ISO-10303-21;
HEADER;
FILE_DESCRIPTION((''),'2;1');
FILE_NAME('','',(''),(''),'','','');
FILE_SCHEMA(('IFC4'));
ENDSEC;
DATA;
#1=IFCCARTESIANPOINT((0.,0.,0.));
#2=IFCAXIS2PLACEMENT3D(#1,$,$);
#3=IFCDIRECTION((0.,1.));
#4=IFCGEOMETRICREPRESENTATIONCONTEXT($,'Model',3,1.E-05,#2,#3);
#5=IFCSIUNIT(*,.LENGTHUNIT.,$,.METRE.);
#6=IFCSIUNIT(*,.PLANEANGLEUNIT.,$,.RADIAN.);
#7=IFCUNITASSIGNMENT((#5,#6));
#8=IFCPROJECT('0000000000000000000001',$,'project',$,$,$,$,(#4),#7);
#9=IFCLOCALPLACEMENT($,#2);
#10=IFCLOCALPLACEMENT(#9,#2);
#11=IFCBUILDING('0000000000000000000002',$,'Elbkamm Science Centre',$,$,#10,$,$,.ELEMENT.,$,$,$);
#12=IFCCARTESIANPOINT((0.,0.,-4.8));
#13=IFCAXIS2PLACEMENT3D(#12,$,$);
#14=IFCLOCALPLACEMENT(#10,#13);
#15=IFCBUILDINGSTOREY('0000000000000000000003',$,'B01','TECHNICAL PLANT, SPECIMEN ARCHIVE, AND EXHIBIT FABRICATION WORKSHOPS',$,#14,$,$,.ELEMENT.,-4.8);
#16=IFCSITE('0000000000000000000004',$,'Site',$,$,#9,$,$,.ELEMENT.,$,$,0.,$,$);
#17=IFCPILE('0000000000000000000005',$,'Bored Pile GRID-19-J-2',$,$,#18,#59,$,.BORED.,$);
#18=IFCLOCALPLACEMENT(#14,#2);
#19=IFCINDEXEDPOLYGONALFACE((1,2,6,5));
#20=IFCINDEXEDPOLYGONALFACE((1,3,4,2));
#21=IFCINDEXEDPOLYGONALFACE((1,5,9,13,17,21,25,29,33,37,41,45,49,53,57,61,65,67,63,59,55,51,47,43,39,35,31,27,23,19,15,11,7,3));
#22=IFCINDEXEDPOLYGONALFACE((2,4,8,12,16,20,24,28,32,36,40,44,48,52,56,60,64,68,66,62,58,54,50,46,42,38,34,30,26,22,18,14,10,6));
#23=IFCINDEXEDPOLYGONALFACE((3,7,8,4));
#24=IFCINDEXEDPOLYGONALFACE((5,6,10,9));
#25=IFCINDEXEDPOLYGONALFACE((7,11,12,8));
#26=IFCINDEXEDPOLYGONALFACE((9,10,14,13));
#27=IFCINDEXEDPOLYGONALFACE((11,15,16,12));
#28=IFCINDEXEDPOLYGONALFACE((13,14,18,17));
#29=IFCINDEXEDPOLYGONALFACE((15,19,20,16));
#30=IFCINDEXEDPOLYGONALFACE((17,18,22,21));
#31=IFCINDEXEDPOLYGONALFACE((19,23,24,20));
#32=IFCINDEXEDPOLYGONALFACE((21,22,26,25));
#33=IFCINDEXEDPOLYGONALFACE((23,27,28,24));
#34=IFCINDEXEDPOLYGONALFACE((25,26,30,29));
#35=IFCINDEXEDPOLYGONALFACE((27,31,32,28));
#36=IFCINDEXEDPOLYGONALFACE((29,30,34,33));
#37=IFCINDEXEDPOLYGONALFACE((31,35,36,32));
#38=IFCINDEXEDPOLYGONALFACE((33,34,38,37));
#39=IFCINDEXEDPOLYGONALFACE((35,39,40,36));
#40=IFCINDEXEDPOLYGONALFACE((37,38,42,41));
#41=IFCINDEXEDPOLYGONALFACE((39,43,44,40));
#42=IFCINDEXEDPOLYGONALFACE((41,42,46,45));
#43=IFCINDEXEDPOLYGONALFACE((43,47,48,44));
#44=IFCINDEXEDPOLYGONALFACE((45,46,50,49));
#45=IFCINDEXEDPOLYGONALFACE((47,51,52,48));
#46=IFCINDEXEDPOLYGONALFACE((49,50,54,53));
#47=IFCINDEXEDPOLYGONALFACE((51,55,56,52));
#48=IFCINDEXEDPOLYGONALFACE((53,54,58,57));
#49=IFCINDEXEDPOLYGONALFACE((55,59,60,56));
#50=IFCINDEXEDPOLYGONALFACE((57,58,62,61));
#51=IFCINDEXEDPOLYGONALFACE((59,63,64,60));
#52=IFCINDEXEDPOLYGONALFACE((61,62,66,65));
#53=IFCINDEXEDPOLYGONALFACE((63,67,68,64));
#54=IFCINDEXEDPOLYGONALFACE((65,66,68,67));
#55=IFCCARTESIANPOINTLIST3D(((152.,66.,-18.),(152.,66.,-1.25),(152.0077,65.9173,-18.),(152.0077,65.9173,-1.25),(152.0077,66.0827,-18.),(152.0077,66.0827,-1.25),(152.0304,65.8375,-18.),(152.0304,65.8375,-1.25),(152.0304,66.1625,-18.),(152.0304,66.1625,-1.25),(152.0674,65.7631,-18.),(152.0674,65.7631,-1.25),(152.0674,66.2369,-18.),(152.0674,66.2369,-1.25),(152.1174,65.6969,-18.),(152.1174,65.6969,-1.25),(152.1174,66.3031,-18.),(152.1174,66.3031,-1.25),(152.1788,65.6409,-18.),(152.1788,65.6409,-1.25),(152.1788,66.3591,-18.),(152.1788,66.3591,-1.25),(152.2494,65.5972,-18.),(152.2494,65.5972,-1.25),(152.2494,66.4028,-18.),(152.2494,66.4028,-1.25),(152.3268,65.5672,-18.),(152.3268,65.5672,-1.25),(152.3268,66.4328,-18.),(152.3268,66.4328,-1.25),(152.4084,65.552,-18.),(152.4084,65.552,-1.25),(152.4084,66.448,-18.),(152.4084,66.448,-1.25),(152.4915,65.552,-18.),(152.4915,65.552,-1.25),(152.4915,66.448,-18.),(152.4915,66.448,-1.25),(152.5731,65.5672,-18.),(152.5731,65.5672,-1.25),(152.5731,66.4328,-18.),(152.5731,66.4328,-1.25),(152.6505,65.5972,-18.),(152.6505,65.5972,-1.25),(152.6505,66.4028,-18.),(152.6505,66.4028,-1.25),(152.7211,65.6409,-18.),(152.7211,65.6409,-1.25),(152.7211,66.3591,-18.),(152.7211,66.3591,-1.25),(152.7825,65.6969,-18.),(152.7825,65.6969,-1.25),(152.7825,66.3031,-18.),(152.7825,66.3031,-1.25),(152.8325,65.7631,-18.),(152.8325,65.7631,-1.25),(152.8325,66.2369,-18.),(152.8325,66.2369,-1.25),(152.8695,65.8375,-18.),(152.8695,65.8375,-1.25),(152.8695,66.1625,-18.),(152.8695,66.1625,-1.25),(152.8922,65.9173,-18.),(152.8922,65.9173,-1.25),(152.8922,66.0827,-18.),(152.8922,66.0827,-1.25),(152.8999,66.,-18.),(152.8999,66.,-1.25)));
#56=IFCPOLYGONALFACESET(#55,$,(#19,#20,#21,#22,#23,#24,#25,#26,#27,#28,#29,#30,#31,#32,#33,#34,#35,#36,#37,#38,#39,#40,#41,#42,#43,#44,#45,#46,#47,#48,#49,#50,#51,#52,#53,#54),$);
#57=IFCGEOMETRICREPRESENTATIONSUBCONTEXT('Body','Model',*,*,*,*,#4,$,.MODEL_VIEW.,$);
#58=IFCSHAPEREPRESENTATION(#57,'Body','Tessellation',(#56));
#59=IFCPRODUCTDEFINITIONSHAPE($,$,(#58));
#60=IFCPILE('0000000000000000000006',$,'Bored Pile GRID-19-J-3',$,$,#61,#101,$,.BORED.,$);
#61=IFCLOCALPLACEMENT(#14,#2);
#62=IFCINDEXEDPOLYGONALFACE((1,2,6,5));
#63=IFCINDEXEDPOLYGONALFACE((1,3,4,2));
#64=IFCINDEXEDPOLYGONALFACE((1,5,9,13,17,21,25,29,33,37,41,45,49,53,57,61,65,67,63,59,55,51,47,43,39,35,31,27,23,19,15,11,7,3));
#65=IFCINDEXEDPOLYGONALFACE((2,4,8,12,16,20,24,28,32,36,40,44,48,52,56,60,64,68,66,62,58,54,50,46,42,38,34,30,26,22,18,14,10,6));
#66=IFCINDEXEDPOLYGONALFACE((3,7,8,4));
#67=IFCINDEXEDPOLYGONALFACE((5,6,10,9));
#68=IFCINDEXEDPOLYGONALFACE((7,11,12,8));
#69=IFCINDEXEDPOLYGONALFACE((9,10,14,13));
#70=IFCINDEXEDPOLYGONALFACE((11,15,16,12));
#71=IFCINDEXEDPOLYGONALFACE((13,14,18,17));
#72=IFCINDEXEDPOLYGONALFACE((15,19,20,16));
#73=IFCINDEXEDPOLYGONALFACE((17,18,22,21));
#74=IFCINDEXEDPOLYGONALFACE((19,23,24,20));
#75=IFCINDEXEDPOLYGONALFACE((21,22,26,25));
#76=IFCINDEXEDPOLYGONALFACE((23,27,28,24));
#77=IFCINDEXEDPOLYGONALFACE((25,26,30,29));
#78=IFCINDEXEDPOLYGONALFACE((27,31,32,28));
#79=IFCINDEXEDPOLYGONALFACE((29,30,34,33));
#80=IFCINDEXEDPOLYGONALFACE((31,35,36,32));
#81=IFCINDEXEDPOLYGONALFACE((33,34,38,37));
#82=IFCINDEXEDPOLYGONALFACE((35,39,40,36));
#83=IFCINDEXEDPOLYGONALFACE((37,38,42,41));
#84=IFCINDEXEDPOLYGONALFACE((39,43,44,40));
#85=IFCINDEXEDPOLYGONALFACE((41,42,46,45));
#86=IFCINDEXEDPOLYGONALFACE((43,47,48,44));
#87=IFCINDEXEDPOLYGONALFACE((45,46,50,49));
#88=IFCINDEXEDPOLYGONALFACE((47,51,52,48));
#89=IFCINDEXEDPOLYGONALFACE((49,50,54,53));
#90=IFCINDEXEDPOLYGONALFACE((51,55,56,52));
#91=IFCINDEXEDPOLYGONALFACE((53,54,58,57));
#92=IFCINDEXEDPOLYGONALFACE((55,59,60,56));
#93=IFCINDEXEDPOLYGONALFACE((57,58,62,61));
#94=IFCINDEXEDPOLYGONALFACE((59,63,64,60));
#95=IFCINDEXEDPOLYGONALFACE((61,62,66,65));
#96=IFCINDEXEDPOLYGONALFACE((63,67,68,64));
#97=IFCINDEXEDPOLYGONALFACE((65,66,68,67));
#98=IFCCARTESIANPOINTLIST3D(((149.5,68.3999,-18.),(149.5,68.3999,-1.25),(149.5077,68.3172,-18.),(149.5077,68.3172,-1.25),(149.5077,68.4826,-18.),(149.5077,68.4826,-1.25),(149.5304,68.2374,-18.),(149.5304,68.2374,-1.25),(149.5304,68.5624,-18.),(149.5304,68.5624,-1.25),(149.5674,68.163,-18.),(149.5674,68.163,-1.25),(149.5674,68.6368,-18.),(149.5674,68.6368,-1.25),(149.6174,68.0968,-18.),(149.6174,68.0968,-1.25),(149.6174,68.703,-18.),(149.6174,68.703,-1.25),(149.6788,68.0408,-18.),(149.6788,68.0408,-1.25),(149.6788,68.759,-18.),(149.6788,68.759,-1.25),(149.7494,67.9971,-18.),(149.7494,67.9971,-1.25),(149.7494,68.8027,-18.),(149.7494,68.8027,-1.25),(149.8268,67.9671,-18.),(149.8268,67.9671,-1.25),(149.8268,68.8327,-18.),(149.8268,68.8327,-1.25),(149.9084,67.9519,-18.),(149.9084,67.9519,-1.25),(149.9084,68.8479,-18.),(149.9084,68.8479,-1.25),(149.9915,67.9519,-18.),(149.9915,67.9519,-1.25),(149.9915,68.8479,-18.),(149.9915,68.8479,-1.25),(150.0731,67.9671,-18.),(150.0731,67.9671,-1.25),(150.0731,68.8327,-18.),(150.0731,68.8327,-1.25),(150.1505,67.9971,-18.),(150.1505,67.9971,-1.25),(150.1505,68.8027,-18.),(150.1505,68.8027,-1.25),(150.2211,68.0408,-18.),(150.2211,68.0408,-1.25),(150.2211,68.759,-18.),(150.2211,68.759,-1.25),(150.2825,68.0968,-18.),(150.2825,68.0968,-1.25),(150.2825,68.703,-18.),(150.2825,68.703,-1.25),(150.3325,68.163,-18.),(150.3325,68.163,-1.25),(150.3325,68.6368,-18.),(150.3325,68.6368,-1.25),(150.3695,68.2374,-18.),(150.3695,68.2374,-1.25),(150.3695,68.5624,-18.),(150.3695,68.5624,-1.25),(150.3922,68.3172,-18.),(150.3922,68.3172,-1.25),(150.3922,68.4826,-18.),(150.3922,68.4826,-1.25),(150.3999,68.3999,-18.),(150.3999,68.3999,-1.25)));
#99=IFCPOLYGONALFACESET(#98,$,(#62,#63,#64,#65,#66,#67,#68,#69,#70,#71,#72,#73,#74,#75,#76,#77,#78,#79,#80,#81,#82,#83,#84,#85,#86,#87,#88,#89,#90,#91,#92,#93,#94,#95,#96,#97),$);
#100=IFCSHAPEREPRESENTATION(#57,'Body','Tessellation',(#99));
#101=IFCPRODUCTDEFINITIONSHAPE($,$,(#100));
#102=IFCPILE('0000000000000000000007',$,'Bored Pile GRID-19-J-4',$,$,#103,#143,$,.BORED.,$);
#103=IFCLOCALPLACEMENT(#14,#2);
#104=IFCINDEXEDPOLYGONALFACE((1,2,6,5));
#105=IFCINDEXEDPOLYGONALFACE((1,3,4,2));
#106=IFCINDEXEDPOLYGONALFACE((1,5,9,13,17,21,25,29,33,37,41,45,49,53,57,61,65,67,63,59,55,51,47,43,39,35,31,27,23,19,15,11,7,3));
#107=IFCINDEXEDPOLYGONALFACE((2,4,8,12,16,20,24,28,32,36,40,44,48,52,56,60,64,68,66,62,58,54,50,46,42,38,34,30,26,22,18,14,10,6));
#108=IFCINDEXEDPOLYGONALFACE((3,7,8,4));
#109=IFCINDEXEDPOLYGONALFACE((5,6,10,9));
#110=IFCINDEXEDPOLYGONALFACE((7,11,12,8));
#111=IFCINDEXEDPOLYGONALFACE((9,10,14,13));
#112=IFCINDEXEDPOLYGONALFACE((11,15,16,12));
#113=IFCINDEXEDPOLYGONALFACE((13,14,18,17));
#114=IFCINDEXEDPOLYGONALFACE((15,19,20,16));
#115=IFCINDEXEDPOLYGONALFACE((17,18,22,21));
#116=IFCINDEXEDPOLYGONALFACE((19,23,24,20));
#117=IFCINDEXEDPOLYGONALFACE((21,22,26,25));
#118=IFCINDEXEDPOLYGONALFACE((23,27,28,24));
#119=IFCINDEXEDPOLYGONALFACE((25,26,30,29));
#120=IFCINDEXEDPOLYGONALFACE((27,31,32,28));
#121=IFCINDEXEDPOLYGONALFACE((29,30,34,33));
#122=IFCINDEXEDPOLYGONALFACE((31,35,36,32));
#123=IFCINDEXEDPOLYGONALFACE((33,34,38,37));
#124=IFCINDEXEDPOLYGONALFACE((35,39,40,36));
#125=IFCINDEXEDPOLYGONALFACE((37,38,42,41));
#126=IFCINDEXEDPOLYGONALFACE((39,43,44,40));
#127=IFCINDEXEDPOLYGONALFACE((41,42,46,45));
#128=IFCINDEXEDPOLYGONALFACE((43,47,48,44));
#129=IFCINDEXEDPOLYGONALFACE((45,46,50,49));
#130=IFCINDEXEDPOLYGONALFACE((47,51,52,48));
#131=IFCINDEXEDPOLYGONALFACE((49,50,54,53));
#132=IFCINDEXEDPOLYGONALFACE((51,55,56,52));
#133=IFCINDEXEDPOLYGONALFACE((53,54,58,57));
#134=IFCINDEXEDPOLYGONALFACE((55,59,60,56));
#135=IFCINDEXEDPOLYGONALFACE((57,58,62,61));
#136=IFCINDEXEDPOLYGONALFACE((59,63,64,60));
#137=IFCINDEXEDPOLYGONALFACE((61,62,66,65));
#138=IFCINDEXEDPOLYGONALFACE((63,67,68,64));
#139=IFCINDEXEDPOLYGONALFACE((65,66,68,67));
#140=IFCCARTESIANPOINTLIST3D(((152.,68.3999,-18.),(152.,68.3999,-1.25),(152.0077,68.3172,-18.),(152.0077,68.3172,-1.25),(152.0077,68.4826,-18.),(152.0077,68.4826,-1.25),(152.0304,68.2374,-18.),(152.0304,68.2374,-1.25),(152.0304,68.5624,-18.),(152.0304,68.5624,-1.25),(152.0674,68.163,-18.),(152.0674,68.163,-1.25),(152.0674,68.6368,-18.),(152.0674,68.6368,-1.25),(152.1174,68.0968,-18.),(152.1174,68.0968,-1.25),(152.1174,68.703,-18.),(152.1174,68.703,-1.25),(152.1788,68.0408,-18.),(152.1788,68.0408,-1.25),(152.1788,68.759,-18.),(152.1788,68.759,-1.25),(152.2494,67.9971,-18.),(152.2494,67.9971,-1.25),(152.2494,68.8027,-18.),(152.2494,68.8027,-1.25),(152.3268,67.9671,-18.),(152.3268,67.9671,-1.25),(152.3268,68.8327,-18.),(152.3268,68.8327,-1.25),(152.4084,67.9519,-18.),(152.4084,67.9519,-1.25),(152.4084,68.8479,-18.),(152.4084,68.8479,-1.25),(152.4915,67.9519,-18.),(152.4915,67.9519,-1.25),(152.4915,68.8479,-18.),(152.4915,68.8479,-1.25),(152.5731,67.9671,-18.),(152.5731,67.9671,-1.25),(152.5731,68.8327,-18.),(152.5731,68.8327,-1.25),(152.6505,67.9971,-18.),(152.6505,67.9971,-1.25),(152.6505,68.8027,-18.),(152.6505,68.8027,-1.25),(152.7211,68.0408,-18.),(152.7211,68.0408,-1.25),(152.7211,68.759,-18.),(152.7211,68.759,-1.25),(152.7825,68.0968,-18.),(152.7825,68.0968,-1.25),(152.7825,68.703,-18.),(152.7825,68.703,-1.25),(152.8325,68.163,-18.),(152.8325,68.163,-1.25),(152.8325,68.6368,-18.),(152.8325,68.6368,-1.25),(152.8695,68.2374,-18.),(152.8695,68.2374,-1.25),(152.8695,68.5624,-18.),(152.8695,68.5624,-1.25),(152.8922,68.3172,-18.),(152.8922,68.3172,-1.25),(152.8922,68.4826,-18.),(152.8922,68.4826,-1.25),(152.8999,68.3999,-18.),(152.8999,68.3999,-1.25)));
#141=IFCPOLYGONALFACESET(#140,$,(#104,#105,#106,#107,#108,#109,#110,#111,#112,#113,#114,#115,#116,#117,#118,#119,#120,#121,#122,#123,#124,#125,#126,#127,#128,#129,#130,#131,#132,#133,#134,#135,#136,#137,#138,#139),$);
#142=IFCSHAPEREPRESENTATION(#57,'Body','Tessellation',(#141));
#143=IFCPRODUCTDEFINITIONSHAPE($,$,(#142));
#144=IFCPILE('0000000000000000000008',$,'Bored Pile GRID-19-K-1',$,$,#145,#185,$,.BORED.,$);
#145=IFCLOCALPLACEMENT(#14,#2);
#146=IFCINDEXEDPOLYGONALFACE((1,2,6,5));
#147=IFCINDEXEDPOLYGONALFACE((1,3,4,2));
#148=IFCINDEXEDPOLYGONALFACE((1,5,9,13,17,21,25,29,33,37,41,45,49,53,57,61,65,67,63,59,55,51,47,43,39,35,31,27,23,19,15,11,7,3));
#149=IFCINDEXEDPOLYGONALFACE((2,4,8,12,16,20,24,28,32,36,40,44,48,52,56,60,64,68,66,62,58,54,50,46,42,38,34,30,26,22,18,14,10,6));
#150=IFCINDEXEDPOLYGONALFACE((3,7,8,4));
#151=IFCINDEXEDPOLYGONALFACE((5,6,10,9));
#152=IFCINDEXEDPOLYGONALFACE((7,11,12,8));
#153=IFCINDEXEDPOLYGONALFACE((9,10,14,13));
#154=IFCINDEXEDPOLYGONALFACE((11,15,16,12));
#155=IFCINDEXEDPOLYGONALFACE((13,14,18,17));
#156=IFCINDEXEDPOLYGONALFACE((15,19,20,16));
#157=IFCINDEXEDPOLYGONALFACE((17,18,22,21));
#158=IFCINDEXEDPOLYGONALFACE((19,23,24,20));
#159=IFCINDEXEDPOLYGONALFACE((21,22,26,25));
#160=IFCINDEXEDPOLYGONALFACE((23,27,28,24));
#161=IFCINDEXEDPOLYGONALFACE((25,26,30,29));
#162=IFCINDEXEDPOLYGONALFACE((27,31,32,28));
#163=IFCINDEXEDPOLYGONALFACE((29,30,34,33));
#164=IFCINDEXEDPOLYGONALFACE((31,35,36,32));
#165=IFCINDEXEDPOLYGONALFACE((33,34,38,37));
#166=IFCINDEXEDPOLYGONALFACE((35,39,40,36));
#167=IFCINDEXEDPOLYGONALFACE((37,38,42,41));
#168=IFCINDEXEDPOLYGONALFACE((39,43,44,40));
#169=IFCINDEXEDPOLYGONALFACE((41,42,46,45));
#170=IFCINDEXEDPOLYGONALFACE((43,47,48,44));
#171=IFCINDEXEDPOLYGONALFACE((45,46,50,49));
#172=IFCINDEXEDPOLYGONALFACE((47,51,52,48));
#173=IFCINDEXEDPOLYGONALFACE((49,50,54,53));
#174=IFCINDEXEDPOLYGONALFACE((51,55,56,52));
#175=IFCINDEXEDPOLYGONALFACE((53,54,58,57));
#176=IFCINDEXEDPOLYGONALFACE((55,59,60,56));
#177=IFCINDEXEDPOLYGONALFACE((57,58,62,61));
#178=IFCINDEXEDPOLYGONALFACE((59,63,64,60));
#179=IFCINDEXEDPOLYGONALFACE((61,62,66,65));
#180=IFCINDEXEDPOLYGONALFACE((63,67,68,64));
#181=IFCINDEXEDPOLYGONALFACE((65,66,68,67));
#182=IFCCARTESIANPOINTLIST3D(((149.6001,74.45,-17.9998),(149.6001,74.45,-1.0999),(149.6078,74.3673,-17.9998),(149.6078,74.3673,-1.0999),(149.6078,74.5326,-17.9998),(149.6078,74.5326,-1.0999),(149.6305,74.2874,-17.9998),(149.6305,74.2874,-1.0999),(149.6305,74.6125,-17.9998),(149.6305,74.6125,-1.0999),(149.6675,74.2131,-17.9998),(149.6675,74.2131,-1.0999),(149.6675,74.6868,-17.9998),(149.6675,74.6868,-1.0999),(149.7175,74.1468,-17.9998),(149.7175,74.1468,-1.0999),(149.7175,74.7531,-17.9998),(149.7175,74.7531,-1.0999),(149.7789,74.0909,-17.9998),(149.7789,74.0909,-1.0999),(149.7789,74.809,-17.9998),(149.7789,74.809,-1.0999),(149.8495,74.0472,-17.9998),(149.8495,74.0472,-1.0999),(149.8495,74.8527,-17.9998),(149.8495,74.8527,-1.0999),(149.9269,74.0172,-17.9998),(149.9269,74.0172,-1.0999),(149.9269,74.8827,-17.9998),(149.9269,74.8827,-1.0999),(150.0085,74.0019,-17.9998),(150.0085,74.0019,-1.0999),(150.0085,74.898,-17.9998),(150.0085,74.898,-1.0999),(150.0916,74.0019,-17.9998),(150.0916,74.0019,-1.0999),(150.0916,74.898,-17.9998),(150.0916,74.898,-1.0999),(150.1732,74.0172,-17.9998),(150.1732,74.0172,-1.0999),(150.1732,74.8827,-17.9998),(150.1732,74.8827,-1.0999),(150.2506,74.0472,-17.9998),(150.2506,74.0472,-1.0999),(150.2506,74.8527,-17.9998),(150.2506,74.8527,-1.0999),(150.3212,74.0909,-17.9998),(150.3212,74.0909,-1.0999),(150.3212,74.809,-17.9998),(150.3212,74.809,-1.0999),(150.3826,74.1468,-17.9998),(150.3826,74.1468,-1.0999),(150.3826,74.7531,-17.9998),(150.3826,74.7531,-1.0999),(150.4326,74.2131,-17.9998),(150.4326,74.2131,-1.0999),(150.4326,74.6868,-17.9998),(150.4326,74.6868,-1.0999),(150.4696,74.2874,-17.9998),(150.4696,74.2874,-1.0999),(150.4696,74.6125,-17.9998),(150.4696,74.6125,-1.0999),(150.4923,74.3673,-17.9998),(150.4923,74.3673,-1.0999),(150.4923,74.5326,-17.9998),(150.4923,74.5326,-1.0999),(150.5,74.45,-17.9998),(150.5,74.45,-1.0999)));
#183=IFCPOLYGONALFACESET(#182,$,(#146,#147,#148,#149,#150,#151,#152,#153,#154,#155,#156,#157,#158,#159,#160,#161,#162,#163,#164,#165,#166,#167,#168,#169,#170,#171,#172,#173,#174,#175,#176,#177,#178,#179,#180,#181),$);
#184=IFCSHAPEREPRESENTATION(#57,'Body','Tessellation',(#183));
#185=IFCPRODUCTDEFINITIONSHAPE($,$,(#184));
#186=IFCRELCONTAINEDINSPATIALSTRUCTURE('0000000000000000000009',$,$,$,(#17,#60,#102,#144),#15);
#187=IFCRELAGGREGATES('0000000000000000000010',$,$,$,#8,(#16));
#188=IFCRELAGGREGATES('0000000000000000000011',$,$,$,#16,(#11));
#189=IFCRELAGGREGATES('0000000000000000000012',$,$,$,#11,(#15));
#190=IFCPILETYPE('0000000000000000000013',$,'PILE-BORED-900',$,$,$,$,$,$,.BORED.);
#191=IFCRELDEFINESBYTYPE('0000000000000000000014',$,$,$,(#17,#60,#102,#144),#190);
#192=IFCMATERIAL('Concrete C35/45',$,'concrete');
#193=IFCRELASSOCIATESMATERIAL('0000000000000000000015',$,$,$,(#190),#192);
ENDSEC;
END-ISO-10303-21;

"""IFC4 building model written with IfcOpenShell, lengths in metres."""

from ifc_helpers import new_model, si_unit, direction, frame, origin, origin_2d, place, context, subcontext, project, spatial, circle, extrude, material, material_profile, profile_set, type_object, element, save


model = new_model("IFC4")

# Units and contexts
model_context = context("Model", 3, precision=1e-05, world=origin(), true_north=direction((0.0, 1.0)))
body_context = subcontext(model_context, "Body", "Model", "MODEL_VIEW")
ifc_project = project(units=[si_unit("LENGTHUNIT", "METRE"), si_unit("PLANEANGLEUNIT", "RADIAN")], contexts=[model_context])

# Site, building, storey
site_placement = place(None, origin())
site = spatial("IfcSite", under=ifc_project, at=site_placement, Name="Site", CompositionType="ELEMENT", RefElevation=0.0)
building_placement = place(site_placement, origin())
building = spatial("IfcBuilding", under=site, at=building_placement, Name="Elbkamm Science Centre", CompositionType="ELEMENT")
storey_placement = place(building_placement, frame((0.0, 0.0, -4.8)))
storey = spatial("IfcBuildingStorey", under=building, at=storey_placement, Name="B01", Description="TECHNICAL PLANT, SPECIMEN ARCHIVE, AND EXHIBIT FABRICATION WORKSHOPS", CompositionType="ELEMENT", Elevation=-4.8)

# Shared definitions
ifc_material_1 = material(Name="Concrete C35/45", Category="concrete")

# Piles
ifc_material_profile_1 = material_profile(ifc_material_1, circle(Radius=0.45, at=origin_2d()), Name="PILE D900")
ifc_profile_set_1 = profile_set([ifc_material_profile_1], Name="Concrete C35/45")
pile_type = type_object("IfcPileType", Name="PILE-BORED-900", PredefinedType="BORED", material=ifc_profile_set_1)
for number, where, z_axis, x_axis, name in (
    (1, (152.45, 66.0, -1.25), (0.0, 0.0, -1.0), (1.0, 0.0, 0.0), "Bored Pile GRID-19-J-2"),
    (2, (149.95, 68.3999, -1.25), (0.0, 0.0, -1.0), (1.0, 0.0, 0.0), "Bored Pile GRID-19-J-3"),
    (3, (152.45, 68.3999, -1.25), (0.0, 0.0, -1.0), (1.0, 0.0, 0.0), "Bored Pile GRID-19-J-4"),
):
    element("IfcPile", number, at=place(storey_placement, frame(where, z_axis=z_axis, x_axis=x_axis)), inside=storey, type_object=pile_type, Name=name, PredefinedType="BORED", context=body_context, shape_type="SweptSolid", body=[
        extrude(circle(Radius=0.45, at=origin_2d()), origin(), (0.0, 0.0, 1.0), 16.75),
    ])
for number, where, z_axis, x_axis, name in (
    (4, (150.05, 74.45, -1.0999), (0.0, 0.0, -1.0), (1.0, 0.0, 0.0), "Bored Pile GRID-19-K-1"),
):
    element("IfcPile", number, at=place(storey_placement, frame(where, z_axis=z_axis, x_axis=x_axis)), inside=storey, type_object=pile_type, Name=name, PredefinedType="BORED", context=body_context, shape_type="SweptSolid", body=[
        extrude(circle(Radius=0.45, at=origin_2d()), origin(), (0.0, 0.0, 1.0), 16.8999),
    ])

save(model, "model.ifc")
